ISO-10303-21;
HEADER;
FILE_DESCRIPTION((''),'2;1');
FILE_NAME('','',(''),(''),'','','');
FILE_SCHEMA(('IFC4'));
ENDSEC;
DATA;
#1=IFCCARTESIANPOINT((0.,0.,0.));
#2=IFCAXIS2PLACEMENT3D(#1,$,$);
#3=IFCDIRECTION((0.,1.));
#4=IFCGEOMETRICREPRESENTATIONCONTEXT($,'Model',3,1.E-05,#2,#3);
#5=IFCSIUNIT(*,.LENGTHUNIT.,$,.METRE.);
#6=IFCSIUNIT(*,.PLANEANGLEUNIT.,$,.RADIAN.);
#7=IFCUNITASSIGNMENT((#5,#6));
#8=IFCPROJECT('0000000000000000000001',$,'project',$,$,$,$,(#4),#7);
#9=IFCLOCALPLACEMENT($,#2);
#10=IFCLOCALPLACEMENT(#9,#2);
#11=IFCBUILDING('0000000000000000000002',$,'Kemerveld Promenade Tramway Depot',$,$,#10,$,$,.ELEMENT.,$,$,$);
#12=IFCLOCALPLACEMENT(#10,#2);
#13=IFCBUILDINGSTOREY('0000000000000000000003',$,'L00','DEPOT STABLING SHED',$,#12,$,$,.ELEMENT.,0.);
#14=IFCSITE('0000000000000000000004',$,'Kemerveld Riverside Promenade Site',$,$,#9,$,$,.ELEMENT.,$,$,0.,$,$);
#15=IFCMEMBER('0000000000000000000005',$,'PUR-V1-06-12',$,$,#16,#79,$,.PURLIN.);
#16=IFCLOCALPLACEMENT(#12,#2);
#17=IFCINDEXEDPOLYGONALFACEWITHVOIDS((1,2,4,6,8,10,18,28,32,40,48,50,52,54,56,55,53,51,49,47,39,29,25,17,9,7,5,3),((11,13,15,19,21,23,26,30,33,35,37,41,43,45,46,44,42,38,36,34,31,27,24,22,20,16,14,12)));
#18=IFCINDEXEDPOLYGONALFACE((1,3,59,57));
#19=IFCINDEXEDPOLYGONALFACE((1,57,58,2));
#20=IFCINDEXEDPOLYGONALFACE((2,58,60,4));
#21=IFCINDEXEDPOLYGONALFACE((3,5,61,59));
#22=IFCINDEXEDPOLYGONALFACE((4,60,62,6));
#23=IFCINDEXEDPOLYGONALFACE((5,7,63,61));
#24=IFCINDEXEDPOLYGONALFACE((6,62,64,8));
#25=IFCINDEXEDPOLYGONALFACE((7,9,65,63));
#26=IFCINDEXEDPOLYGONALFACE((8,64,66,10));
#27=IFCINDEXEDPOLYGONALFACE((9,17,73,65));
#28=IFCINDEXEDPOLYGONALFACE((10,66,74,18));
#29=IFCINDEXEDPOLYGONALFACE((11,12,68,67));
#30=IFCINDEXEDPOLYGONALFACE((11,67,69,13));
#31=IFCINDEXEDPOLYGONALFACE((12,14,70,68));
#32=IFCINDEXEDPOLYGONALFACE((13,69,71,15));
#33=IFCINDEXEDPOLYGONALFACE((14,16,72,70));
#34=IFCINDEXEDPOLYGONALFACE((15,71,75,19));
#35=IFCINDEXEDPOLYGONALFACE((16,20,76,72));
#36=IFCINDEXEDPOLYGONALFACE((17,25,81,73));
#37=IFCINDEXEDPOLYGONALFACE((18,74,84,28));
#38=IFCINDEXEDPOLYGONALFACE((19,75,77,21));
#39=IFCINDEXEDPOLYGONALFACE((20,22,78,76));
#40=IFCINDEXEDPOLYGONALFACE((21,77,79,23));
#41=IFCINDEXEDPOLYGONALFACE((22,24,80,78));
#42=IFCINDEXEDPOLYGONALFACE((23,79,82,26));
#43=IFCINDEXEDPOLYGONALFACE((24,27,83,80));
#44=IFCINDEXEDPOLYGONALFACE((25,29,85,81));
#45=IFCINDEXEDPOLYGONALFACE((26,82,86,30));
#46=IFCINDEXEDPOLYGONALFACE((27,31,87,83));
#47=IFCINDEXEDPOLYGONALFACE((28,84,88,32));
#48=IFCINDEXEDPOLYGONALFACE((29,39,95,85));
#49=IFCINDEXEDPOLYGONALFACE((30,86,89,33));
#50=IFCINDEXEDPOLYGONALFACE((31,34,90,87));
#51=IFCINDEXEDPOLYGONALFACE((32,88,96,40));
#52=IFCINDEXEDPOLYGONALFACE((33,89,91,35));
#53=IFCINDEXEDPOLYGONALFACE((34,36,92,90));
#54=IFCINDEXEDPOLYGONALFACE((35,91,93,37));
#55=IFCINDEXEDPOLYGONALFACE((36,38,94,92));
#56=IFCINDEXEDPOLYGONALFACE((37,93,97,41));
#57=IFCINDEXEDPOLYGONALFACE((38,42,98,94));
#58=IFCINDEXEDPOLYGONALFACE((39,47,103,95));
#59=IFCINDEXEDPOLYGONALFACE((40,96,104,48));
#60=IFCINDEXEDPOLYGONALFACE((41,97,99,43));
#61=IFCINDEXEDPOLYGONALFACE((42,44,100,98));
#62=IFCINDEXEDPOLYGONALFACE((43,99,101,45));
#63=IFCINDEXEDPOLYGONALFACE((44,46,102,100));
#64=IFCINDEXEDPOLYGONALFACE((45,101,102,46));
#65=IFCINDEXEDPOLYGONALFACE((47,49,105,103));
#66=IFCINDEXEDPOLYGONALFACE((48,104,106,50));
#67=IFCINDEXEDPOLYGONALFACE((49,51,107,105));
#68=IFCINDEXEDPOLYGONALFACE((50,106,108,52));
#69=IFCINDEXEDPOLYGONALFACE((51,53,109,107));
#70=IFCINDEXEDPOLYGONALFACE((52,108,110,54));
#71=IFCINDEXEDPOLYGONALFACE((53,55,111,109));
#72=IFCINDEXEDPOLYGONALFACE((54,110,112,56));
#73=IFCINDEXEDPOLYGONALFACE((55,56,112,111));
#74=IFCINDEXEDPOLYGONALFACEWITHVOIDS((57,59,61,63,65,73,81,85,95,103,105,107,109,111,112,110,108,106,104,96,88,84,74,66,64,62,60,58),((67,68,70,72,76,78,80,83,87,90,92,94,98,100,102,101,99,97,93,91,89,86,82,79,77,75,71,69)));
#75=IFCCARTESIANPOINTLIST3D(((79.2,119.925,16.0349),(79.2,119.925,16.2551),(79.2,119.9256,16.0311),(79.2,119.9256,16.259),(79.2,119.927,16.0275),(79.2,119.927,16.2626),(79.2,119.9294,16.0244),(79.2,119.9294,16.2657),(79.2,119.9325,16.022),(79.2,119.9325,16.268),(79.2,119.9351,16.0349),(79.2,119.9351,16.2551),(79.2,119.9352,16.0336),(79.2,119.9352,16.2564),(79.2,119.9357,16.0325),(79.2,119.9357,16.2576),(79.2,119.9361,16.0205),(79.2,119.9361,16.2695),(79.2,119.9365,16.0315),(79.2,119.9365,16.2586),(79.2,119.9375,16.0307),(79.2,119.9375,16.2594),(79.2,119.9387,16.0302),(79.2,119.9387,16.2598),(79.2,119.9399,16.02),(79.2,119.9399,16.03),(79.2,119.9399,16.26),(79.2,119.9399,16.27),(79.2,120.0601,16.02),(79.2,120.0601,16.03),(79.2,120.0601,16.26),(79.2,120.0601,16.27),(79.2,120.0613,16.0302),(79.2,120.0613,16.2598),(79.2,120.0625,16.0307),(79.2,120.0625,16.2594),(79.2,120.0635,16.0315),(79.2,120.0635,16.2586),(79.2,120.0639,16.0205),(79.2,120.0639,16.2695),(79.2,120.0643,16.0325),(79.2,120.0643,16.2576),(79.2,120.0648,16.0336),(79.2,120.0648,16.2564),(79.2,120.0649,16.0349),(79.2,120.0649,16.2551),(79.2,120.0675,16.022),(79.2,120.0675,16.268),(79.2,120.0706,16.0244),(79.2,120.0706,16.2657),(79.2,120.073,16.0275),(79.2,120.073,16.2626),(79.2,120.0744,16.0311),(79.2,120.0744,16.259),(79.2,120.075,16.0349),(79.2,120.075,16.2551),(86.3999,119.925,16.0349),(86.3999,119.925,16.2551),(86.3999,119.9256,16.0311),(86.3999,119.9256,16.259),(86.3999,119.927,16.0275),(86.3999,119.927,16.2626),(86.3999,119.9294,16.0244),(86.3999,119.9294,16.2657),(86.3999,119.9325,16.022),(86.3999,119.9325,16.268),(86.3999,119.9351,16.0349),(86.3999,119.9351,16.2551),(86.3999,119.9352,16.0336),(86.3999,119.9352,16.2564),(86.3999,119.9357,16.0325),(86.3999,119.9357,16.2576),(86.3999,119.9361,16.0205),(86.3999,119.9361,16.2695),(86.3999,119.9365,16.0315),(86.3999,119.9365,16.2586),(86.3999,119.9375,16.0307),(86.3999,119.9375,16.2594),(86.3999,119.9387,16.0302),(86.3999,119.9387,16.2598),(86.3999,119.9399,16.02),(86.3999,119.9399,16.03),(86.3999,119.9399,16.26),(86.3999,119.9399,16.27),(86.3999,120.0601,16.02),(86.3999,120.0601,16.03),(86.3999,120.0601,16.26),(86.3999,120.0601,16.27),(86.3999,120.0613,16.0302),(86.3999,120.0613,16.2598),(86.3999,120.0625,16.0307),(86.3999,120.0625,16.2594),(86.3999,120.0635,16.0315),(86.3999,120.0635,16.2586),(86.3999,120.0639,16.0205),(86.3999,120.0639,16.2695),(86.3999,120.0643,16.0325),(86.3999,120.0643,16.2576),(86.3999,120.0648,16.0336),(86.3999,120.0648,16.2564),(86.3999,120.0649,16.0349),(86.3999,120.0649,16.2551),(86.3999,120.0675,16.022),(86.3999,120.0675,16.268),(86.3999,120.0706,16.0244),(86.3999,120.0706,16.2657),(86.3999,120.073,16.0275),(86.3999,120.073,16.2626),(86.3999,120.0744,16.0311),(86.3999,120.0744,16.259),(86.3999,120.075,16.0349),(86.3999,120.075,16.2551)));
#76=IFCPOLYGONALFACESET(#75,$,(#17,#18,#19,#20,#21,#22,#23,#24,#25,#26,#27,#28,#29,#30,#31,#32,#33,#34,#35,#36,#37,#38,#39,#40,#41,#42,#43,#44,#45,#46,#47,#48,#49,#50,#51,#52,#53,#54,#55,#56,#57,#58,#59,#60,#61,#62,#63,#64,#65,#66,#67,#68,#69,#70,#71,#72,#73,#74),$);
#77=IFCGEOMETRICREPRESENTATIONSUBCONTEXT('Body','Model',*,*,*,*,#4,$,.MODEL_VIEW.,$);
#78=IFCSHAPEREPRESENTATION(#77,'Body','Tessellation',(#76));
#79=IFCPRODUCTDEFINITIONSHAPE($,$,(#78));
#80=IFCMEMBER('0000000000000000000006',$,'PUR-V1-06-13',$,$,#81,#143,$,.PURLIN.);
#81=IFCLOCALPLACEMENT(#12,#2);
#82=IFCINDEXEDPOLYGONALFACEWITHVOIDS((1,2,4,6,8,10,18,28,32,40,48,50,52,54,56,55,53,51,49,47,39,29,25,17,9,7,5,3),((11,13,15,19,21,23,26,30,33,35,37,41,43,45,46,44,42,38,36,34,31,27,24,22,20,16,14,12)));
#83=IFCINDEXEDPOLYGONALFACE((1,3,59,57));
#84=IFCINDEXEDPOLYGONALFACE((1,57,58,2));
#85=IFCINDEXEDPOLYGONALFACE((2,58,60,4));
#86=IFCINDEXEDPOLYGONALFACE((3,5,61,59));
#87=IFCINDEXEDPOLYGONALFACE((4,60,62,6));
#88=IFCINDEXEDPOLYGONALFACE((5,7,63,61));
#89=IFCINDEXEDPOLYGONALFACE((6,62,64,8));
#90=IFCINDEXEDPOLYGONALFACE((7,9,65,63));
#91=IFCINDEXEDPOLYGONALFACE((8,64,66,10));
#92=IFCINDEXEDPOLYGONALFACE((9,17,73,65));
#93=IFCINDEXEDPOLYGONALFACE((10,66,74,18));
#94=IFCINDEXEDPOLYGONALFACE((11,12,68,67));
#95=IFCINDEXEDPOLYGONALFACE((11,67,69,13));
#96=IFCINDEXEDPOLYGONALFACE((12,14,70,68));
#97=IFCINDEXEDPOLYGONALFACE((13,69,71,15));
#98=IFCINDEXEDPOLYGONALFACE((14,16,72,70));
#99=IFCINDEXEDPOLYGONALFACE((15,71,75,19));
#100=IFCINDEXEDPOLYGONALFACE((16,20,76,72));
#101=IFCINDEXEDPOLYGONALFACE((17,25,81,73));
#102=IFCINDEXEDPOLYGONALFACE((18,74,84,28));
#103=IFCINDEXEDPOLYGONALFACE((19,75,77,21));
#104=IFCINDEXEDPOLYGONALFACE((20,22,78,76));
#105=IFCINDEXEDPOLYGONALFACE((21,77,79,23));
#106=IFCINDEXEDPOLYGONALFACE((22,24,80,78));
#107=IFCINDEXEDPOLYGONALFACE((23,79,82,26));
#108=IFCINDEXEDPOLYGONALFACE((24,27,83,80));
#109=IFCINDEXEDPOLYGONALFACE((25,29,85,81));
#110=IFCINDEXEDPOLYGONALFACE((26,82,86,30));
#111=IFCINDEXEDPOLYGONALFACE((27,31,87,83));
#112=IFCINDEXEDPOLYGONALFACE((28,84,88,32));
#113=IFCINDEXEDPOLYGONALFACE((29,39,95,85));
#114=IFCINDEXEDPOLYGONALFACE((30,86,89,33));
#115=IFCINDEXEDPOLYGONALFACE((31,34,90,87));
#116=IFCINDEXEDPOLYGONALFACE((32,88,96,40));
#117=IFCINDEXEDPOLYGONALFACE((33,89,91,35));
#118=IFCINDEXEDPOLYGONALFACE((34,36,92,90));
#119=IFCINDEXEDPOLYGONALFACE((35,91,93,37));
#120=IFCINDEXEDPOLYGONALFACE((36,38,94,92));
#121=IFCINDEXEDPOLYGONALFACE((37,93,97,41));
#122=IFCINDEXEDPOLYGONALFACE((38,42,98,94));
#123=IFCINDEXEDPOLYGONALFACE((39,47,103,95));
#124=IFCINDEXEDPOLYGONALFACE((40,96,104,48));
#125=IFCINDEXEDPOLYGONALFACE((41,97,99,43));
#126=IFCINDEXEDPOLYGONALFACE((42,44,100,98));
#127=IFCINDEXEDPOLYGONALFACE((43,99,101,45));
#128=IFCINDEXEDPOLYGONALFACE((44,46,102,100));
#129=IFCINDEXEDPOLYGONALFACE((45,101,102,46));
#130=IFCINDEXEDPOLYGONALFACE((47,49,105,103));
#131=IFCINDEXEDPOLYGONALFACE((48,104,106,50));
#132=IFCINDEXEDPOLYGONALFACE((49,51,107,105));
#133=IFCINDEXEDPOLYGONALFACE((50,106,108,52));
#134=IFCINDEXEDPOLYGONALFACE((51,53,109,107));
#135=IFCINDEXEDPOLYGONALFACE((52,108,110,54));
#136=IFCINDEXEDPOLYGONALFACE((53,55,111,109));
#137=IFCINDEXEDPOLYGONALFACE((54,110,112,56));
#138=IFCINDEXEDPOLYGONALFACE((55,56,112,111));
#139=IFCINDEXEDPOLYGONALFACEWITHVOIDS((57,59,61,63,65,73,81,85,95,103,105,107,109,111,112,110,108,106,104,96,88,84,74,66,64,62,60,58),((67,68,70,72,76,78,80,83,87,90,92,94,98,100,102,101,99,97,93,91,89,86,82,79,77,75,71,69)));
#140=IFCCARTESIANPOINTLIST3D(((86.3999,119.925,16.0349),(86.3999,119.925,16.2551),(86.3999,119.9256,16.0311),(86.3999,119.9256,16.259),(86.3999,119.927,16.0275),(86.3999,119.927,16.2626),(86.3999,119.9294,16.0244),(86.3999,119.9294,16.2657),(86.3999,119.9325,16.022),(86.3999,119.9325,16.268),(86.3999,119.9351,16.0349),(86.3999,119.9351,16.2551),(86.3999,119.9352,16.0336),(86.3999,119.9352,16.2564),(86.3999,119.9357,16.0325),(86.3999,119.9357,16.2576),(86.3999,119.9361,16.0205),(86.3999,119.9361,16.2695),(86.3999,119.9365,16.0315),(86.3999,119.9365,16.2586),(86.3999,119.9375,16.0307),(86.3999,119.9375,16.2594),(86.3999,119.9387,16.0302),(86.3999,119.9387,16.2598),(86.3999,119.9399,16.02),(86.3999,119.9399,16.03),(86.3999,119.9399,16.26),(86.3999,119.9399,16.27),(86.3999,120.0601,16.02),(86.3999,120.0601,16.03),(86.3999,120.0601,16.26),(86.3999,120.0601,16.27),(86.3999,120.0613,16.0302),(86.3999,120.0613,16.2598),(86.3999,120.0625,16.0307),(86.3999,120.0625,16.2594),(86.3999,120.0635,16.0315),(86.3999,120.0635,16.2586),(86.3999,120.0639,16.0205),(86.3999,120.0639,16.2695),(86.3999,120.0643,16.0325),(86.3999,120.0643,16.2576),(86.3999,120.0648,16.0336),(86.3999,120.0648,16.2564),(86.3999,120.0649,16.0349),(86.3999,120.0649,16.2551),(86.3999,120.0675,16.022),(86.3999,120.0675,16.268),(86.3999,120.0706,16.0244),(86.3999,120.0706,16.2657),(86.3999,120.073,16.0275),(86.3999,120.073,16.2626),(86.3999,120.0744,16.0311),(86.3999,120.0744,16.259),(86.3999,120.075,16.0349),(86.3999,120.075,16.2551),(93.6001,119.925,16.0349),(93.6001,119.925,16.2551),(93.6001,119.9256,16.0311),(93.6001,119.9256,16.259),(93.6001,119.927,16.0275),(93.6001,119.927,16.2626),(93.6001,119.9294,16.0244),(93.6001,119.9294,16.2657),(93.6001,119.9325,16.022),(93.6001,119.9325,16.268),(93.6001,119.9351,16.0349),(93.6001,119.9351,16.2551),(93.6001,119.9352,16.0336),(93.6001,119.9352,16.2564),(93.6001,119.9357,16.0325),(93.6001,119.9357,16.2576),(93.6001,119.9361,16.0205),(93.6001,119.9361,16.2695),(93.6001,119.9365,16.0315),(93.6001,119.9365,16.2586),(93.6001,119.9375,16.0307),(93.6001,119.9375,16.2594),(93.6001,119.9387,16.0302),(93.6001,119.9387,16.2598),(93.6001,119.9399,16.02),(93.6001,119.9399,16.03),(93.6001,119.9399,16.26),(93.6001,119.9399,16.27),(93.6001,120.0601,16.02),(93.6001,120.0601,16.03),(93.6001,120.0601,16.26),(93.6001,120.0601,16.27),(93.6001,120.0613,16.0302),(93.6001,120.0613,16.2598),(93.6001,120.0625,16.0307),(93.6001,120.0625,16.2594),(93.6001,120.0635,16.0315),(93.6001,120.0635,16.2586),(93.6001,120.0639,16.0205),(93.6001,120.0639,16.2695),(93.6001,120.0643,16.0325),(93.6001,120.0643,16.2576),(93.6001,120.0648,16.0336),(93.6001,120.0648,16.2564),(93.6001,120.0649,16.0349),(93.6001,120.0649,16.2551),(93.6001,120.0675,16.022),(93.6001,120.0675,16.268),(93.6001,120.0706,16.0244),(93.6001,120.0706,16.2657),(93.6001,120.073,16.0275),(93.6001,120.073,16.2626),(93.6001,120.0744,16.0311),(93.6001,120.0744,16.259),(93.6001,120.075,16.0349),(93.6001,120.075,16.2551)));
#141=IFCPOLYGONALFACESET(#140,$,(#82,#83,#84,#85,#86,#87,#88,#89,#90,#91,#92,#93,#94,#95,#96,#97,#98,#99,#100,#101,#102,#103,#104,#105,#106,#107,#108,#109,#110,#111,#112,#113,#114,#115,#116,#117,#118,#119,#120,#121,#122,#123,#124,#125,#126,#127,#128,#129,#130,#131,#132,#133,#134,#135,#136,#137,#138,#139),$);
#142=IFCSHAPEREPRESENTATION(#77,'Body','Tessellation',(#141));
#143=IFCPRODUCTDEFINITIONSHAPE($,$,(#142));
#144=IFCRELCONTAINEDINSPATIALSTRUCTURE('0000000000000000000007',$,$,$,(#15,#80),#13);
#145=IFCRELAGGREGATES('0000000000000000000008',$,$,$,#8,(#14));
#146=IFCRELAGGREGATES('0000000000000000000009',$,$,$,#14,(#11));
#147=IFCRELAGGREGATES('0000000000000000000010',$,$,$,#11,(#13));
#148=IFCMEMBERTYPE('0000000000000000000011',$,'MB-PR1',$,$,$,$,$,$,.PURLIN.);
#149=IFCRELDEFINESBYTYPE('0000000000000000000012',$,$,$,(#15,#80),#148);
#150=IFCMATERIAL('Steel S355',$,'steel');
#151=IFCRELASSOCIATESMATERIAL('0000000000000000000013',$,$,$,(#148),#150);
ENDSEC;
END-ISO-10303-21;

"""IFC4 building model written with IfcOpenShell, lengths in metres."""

from ifc_helpers import new_model, si_unit, direction, frame, origin, origin_2d, place, context, subcontext, project, spatial, hollow_rectangle, extrude, material, material_profile, profile_set, type_object, element, save


model = new_model("IFC4")

# Units and contexts
model_context = context("Model", 3, precision=1e-05, world=origin(), true_north=direction((0.0, 1.0)))
body_context = subcontext(model_context, "Body", "Model", "MODEL_VIEW")
ifc_project = project(units=[si_unit("LENGTHUNIT", "METRE"), si_unit("PLANEANGLEUNIT", "RADIAN")], contexts=[model_context])

# Site, building, storey
site_placement = place(None, origin())
site = spatial("IfcSite", under=ifc_project, at=site_placement, Name="Kemerveld Riverside Promenade Site", CompositionType="ELEMENT", RefElevation=0.0)
building_placement = place(site_placement, origin())
building = spatial("IfcBuilding", under=site, at=building_placement, Name="Kemerveld Promenade Tramway Depot", CompositionType="ELEMENT")
storey_placement = place(building_placement, origin())
storey = spatial("IfcBuildingStorey", under=building, at=storey_placement, Name="L00", Description="DEPOT STABLING SHED", CompositionType="ELEMENT", Elevation=0.0)

# Members
ifc_material_1 = material(Name="Steel S355", Category="steel")
ifc_material_profile_1 = material_profile(ifc_material_1, hollow_rectangle(XDim=0.1499, YDim=0.25, WallThickness=0.01, InnerFilletRadius=0.0049, OuterFilletRadius=0.0149, at=origin_2d()), Name="250x150x10.0 RHS")
ifc_profile_set_1 = profile_set([ifc_material_profile_1], Name="Steel S355")
member_type_1 = type_object("IfcMemberType", Name="MB-PR1", PredefinedType="PURLIN", material=ifc_profile_set_1)
member_1_placement = place(storey_placement, frame((79.2, 120.0, 16.145), z_axis=(1.0, 0.0, 0.0), x_axis=(0.0, 1.0, 0.0)))
element("IfcMember", 1, at=member_1_placement, inside=storey, type_object=member_type_1, Name="PUR-V1-06-12", PredefinedType="PURLIN", context=body_context, shape_type="SweptSolid", body=[
    extrude(hollow_rectangle(XDim=0.1499, YDim=0.25, WallThickness=0.01, InnerFilletRadius=0.0049, OuterFilletRadius=0.0149, at=origin_2d()), origin(), (0.0, 0.0, 1.0), 7.2),
])
member_2_placement = place(storey_placement, frame((86.3999, 120.0, 16.145), z_axis=(1.0, 0.0, 0.0), x_axis=(0.0, 1.0, 0.0)))
element("IfcMember", 2, at=member_2_placement, inside=storey, type_object=member_type_1, Name="PUR-V1-06-13", PredefinedType="PURLIN", context=body_context, shape_type="SweptSolid", body=[
    extrude(hollow_rectangle(XDim=0.1499, YDim=0.25, WallThickness=0.01, InnerFilletRadius=0.0049, OuterFilletRadius=0.0149, at=origin_2d()), origin(), (0.0, 0.0, 1.0), 7.2002),
])

save(model, "model.ifc")
